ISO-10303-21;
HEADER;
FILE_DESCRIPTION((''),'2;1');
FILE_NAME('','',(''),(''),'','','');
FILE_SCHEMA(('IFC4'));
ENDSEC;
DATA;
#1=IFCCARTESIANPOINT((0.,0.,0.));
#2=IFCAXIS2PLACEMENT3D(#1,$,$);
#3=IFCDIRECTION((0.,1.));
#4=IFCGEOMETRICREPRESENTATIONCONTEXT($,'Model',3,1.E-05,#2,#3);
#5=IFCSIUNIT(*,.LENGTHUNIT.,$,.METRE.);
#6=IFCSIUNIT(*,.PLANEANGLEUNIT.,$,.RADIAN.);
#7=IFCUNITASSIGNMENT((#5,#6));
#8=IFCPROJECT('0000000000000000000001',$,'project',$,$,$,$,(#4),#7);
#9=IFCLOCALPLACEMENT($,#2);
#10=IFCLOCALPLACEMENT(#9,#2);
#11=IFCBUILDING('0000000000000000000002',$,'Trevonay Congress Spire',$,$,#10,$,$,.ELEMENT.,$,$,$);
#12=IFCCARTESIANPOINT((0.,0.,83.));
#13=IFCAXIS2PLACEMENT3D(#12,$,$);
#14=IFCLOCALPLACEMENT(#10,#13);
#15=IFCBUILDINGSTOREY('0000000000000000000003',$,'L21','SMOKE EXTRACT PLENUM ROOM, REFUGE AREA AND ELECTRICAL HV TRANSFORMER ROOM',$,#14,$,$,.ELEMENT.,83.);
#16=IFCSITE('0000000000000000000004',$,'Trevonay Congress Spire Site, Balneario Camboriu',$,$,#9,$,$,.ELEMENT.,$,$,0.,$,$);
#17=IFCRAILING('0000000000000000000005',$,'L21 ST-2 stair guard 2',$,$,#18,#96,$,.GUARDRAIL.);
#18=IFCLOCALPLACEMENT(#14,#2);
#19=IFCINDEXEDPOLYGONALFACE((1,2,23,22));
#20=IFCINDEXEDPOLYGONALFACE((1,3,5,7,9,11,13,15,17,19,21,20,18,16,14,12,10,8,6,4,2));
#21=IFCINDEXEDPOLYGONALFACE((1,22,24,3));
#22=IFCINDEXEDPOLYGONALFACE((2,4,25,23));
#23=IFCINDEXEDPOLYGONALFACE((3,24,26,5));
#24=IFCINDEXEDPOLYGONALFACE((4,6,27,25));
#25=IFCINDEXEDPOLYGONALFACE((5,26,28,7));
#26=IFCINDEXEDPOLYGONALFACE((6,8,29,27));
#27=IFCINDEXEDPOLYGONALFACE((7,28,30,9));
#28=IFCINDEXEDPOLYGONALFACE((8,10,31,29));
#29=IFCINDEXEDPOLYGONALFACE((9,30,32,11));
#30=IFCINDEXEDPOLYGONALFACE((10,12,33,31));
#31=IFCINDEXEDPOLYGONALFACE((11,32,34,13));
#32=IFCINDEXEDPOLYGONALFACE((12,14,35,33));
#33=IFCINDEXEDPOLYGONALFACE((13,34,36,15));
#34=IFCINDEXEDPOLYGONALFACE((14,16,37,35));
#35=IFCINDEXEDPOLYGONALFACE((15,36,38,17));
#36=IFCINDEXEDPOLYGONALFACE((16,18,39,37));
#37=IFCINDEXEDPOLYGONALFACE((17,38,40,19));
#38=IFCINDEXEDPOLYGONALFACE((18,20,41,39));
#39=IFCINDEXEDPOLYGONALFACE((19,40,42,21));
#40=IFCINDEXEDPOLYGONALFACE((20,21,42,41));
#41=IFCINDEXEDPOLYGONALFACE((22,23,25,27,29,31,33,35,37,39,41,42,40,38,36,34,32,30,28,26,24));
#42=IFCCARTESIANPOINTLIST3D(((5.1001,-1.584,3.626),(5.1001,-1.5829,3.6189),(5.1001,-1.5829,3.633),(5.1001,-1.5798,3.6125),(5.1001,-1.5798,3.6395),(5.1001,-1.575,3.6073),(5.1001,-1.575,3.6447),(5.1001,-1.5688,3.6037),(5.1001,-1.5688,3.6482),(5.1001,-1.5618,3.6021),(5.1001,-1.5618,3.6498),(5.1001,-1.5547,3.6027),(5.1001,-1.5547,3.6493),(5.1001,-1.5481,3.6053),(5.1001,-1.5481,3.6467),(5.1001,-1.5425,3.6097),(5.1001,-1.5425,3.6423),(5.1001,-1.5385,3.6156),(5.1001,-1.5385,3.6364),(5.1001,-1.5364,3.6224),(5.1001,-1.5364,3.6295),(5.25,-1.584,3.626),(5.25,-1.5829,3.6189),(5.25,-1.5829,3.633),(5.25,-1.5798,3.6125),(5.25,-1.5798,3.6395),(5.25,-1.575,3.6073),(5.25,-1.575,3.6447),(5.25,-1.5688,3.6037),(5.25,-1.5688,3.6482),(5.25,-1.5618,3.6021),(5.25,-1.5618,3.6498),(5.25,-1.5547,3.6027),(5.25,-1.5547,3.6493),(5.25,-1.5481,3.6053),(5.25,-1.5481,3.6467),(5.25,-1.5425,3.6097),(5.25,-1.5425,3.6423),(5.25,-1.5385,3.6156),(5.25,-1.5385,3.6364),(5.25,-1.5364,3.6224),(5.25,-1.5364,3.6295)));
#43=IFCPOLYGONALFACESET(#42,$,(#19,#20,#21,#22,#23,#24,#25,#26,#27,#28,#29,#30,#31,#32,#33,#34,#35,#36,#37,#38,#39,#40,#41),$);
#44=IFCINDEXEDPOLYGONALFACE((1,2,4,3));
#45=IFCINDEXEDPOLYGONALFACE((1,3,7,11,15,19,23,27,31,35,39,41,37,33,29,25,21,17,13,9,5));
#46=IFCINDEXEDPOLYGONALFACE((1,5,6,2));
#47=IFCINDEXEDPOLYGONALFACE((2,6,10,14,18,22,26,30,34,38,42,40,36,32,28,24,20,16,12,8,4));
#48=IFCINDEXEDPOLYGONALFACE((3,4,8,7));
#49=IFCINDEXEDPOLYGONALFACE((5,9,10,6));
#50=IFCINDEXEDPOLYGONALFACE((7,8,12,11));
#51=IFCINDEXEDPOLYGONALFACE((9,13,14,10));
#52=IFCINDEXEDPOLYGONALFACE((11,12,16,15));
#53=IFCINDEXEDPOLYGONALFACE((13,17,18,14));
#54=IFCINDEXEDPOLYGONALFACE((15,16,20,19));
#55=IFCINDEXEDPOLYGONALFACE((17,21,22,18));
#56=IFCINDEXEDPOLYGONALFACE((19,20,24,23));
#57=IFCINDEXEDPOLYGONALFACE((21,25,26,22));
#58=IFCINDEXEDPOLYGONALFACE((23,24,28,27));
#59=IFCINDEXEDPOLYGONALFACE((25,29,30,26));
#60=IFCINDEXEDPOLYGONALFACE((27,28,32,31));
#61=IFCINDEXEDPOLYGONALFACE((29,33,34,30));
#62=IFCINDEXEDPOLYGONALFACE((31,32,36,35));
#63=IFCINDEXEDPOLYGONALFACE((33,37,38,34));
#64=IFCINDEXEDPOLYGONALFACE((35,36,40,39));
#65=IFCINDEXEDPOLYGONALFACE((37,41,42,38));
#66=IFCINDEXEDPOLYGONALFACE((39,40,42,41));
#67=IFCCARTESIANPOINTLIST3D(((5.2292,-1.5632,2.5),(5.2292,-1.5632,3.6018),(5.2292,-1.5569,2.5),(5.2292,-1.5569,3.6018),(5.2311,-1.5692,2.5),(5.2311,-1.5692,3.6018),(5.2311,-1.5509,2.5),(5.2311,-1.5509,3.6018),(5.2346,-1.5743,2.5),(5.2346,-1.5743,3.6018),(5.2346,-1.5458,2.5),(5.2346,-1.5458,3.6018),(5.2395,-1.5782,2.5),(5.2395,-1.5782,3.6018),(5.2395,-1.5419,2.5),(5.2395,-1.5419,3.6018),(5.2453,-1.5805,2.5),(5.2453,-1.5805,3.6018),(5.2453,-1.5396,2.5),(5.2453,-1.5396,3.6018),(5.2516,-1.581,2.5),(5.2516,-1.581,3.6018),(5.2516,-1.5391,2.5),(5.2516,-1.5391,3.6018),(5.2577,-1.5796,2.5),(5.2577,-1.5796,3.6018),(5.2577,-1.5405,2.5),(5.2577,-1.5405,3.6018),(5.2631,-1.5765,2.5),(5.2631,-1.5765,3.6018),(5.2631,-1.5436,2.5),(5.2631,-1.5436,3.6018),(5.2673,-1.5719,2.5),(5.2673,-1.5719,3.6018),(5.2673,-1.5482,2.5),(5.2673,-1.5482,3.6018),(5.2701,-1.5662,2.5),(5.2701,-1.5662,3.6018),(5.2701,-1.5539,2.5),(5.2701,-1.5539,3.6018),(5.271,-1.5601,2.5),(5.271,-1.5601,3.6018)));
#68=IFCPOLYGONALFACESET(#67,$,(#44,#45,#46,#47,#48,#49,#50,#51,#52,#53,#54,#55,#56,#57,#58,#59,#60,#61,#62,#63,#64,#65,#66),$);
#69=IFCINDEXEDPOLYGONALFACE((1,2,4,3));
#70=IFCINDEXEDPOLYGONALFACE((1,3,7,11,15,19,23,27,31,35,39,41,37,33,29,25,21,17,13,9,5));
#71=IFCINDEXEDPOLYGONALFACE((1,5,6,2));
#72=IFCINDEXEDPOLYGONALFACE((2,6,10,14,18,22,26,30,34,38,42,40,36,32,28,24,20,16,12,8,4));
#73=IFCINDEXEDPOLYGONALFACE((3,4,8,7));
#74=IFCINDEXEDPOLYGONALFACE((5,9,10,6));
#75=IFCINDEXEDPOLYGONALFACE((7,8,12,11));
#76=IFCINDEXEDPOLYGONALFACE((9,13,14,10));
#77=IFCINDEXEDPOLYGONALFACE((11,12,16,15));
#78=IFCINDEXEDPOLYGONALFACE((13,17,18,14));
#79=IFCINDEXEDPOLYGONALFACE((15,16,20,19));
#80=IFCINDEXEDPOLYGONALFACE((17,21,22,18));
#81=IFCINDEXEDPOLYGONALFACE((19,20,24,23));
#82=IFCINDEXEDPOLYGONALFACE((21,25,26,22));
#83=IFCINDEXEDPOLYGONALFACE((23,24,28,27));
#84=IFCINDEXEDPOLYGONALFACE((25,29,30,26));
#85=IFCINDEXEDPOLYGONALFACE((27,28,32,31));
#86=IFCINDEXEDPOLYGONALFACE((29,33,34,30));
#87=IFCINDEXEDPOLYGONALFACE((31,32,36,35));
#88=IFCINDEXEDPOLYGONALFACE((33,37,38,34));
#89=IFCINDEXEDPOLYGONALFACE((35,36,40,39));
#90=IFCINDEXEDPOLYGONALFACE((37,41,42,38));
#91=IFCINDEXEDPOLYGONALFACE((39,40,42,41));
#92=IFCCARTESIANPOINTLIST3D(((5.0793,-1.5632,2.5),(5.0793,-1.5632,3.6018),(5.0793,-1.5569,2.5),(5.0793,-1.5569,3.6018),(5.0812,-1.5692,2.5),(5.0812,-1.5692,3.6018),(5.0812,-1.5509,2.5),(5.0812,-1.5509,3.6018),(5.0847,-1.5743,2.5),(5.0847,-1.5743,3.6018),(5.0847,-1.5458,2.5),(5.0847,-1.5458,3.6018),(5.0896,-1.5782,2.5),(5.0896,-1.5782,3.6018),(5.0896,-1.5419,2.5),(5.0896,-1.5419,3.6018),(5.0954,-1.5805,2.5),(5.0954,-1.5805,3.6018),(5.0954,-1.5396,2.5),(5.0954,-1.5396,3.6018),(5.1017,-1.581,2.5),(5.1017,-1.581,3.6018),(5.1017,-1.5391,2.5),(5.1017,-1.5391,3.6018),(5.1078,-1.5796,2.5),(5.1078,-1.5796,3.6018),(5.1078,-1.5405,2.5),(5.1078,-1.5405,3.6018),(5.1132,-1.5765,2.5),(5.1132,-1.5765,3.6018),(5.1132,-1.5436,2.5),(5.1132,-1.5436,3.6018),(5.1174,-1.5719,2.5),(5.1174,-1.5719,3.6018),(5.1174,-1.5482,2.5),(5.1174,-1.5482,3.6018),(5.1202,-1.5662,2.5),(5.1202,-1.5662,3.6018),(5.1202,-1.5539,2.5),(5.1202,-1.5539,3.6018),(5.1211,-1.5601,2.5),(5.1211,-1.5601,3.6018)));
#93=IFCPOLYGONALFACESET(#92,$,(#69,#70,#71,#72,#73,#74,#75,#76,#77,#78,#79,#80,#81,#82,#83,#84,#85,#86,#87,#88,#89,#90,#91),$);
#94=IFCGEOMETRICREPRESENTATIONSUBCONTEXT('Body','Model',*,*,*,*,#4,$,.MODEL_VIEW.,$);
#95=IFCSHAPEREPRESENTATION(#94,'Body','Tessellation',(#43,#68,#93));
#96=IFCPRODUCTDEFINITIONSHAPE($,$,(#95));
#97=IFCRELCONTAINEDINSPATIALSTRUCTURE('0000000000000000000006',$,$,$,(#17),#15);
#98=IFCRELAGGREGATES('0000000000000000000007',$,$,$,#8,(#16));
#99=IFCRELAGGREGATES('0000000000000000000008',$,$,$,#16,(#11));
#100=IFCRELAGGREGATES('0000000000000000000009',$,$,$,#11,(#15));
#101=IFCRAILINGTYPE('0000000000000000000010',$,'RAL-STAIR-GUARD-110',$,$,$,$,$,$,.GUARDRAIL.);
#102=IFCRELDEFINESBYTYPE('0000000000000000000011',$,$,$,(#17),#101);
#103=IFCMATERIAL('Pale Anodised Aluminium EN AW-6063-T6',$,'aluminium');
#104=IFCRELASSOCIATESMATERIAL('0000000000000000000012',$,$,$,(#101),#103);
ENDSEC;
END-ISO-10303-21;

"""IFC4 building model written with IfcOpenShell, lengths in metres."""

from ifc_helpers import new_model, si_unit, direction, frame, origin, origin_2d, place, context, subcontext, project, spatial, circle, extrude, material, type_object, element, save


model = new_model("IFC4")

# Units and contexts
model_context = context("Model", 3, precision=1e-05, world=origin(), true_north=direction((0.0, 1.0)))
body_context = subcontext(model_context, "Body", "Model", "MODEL_VIEW")
ifc_project = project(units=[si_unit("LENGTHUNIT", "METRE"), si_unit("PLANEANGLEUNIT", "RADIAN")], contexts=[model_context])

# Site, building, storey
site_placement = place(None, origin())
site = spatial("IfcSite", under=ifc_project, at=site_placement, Name="Trevonay Congress Spire Site, Balneario Camboriu", CompositionType="ELEMENT", RefElevation=0.0)
building_placement = place(site_placement, origin())
building = spatial("IfcBuilding", under=site, at=building_placement, Name="Trevonay Congress Spire", CompositionType="ELEMENT")
storey_placement = place(building_placement, frame((0.0, 0.0, 83.0)))
storey = spatial("IfcBuildingStorey", under=building, at=storey_placement, Name="L21", Description="SMOKE EXTRACT PLENUM ROOM, REFUGE AREA AND ELECTRICAL HV TRANSFORMER ROOM", CompositionType="ELEMENT", Elevation=83.0)

# Shared definitions
ifc_material_1 = material(Name="Pale Anodised Aluminium EN AW-6063-T6", Category="aluminium")

# Railing
railing_type_1 = type_object("IfcRailingType", Name="RAL-STAIR-GUARD-110", PredefinedType="GUARDRAIL", material=ifc_material_1)
railing_1_placement = place(storey_placement, frame((5.25, -1.5601, 2.5)))
element("IfcRailing", 1, at=railing_1_placement, inside=storey, type_object=railing_type_1, Name="L21 ST-2 stair guard 2", PredefinedType="GUARDRAIL", context=body_context, shape_type="SweptSolid", body=[
    extrude(circle(Radius=0.0239, at=origin_2d()), frame((0.0, 0.0, 1.126), z_axis=(-1.0, 0.0, 0.0), x_axis=(0.0, -1.0, 0.0)), (0.0, 0.0, 1.0), 0.1499),
    extrude(circle(Radius=0.021, at=origin_2d()), origin(), (0.0, 0.0, 1.0), 1.1018),
    extrude(circle(Radius=0.021, at=origin_2d()), frame((-0.1499, 0.0, 0.0)), (0.0, 0.0, 1.0), 1.1018),
])

save(model, "model.ifc")
